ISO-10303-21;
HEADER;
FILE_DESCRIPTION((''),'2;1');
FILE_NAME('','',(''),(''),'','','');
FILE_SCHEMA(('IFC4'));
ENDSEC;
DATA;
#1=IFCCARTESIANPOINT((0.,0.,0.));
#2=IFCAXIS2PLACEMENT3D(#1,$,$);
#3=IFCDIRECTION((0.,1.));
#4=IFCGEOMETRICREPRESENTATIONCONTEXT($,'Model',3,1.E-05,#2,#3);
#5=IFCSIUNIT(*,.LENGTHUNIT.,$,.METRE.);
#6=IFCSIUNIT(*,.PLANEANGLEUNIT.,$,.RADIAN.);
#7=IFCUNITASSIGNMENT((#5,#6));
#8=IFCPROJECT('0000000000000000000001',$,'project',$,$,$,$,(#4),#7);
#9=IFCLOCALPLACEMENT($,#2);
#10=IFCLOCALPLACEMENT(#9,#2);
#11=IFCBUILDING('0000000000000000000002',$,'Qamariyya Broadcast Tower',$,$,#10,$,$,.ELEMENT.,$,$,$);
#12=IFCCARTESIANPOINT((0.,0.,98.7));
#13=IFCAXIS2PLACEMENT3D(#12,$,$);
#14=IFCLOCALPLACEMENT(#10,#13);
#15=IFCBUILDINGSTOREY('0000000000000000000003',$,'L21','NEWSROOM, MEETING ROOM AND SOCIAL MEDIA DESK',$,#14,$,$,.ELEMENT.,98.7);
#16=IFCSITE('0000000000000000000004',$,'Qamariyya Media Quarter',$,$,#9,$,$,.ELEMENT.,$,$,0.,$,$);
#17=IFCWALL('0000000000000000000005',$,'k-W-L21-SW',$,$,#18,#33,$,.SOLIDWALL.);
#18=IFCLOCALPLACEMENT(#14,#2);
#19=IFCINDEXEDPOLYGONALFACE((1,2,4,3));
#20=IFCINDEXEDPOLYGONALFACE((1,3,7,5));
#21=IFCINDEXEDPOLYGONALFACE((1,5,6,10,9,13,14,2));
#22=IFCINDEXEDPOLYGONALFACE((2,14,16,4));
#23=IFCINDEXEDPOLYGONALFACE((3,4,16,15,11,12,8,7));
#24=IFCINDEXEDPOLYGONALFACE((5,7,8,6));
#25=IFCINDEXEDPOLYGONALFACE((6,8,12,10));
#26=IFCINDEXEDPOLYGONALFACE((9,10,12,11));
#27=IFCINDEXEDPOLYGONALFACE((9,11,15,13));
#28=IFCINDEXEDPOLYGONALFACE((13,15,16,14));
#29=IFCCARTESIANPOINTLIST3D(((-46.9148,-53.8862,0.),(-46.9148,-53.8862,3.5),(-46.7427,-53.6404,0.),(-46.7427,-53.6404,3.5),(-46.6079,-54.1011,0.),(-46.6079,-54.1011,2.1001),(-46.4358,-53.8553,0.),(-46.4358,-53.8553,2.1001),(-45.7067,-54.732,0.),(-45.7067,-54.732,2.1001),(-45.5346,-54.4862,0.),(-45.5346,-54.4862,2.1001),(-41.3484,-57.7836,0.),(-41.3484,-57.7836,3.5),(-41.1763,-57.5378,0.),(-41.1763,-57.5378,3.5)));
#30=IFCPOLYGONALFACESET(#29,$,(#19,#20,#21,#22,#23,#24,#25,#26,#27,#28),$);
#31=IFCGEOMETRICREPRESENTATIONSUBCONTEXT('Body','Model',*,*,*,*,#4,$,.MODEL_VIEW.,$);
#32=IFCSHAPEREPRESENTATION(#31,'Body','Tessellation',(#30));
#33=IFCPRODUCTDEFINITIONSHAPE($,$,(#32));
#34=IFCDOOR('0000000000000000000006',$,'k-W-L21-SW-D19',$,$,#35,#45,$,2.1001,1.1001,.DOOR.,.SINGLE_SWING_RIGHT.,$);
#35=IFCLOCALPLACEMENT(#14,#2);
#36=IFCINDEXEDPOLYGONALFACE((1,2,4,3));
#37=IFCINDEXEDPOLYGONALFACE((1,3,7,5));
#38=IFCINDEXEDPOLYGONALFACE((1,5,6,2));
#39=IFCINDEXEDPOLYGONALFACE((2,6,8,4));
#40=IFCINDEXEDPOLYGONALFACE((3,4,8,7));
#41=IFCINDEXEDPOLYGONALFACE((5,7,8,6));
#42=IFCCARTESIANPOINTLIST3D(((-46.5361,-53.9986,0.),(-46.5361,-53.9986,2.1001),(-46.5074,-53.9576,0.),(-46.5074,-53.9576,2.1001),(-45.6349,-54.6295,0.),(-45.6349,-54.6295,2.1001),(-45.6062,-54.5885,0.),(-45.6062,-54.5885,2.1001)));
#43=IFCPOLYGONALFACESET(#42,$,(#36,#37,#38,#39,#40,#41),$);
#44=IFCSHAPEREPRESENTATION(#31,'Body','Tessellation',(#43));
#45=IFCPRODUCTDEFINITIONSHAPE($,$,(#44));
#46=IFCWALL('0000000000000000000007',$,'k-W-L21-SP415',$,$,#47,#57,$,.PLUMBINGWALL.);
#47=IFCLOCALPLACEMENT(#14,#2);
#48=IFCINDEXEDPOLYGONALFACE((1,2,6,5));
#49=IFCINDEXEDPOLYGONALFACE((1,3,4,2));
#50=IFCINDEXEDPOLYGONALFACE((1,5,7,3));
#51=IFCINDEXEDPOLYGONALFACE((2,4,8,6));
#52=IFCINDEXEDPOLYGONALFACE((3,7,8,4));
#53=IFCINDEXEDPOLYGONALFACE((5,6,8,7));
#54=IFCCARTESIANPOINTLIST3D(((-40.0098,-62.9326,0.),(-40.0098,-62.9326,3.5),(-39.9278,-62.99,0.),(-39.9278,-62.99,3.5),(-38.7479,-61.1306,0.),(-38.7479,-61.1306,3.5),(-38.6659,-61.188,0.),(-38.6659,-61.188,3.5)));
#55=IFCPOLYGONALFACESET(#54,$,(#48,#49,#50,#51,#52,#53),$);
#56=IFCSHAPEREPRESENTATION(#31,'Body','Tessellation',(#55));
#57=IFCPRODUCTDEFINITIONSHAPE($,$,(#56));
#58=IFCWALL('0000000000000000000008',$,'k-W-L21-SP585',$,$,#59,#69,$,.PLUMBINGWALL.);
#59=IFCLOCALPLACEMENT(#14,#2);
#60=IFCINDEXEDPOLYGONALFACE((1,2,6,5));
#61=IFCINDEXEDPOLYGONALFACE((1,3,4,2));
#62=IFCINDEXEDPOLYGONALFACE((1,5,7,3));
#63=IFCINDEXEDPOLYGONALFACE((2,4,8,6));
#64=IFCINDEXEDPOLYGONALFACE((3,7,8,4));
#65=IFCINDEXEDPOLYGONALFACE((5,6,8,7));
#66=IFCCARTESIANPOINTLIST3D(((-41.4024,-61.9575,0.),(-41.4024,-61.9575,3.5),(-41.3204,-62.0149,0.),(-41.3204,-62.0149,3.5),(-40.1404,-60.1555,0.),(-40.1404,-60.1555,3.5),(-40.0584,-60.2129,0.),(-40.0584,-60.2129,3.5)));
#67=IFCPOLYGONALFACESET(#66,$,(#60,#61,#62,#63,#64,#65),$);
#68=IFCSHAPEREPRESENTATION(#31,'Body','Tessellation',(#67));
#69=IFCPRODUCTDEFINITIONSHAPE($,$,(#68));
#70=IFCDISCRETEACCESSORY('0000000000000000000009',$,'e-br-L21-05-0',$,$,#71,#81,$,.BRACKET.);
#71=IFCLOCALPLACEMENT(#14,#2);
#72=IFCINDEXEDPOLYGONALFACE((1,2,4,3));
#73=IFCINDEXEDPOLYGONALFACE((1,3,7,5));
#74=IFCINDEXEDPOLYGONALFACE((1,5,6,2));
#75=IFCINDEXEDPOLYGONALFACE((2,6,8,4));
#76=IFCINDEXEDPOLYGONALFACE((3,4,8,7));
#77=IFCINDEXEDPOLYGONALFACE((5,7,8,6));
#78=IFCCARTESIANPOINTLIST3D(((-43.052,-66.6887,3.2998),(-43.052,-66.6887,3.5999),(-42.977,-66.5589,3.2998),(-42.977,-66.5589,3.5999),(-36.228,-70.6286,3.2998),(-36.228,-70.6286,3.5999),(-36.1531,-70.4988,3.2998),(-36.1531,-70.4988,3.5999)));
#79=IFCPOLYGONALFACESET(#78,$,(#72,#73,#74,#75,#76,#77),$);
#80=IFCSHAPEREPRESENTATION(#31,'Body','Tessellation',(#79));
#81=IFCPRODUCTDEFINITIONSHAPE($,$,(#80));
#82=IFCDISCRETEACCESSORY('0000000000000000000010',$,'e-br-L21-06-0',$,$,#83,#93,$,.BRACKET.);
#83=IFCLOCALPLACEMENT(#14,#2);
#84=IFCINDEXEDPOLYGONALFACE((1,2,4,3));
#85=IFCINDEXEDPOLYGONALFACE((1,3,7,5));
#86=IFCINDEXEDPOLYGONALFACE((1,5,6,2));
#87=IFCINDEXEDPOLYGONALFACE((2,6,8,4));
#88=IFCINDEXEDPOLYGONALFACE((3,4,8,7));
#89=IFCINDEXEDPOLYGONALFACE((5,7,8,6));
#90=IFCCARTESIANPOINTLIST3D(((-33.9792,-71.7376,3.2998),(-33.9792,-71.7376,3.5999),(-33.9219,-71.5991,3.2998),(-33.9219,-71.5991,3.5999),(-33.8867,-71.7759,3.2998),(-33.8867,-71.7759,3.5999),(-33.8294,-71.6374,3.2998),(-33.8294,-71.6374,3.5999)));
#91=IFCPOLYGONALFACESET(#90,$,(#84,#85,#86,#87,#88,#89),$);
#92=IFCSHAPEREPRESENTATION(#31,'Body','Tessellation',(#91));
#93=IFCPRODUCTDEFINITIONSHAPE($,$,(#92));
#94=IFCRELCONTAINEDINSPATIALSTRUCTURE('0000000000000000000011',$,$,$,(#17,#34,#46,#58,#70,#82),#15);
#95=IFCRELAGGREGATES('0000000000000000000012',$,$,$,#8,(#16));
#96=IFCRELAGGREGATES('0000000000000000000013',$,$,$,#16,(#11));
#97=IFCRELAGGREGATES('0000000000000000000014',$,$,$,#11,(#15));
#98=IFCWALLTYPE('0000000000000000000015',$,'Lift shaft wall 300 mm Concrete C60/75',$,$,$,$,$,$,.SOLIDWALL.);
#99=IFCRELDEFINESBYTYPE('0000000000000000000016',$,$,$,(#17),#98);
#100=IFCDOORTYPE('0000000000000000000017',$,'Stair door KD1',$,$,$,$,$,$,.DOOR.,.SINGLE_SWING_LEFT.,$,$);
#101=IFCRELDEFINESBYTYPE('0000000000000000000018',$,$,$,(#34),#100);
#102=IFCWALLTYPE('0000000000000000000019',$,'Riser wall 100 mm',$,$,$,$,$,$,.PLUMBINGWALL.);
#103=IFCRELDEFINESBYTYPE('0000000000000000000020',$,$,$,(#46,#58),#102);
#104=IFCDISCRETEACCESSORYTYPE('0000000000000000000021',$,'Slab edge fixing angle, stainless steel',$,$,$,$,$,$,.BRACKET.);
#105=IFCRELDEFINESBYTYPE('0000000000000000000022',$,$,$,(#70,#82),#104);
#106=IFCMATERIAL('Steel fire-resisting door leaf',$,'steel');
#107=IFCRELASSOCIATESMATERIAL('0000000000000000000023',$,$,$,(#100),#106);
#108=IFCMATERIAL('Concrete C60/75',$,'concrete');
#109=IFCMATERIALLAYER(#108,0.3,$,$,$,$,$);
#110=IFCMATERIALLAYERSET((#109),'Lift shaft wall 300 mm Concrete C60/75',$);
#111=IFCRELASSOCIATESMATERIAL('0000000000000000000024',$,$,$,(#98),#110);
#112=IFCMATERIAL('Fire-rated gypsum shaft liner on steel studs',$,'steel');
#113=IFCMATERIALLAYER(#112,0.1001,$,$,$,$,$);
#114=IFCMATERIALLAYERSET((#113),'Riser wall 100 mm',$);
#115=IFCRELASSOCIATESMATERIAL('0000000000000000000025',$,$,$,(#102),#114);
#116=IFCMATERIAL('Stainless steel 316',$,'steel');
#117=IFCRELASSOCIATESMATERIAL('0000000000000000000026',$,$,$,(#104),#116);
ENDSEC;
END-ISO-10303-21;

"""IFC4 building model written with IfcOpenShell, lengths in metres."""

from ifc_helpers import new_model, si_unit, direction, frame, frame_2d, origin, origin_2d, place, context, subcontext, project, spatial, rectangle, extrude, material, layer, layer_set, type_object, element, fill, save


model = new_model("IFC4")

# Units and contexts
model_context = context("Model", 3, precision=1e-05, world=origin(), true_north=direction((0.0, 1.0)))
body_context = subcontext(model_context, "Body", "Model", "MODEL_VIEW")
ifc_project = project(units=[si_unit("LENGTHUNIT", "METRE"), si_unit("PLANEANGLEUNIT", "RADIAN")], contexts=[model_context])

# Site, building, storey
site_placement = place(None, origin())
site = spatial("IfcSite", under=ifc_project, at=site_placement, Name="Qamariyya Media Quarter", CompositionType="ELEMENT", RefElevation=0.0)
building_placement = place(site_placement, origin())
building = spatial("IfcBuilding", under=site, at=building_placement, Name="Qamariyya Broadcast Tower", CompositionType="ELEMENT")
storey_placement = place(building_placement, frame((0.0, 0.0, 98.7)))
storey = spatial("IfcBuildingStorey", under=building, at=storey_placement, Name="L21", Description="NEWSROOM, MEETING ROOM AND SOCIAL MEDIA DESK", CompositionType="ELEMENT", Elevation=98.7)

# Shared definitions
ifc_material_1 = material(Name="Steel fire-resisting door leaf", Category="steel")

# Shared definitions
door_type_1 = type_object("IfcDoorType", Name="Stair door KD1", OperationType="SINGLE_SWING_LEFT", PredefinedType="DOOR", material=ifc_material_1)

# Shared definitions
ifc_material_2 = material(Name="Concrete C60/75", Category="concrete")
ifc_layer_1 = layer(ifc_material_2, 0.3)
ifc_layer_set_1 = layer_set([ifc_layer_1], Name="Lift shaft wall 300 mm Concrete C60/75")
wall_type_1 = type_object("IfcWallType", Name="Lift shaft wall 300 mm Concrete C60/75", PredefinedType="SOLIDWALL", material=ifc_layer_set_1)

# Wall, opening, door
wall_1_placement = place(storey_placement, frame((-41.2625, -57.6606, 0.0), z_axis=(0.0, 0.0, 1.0), x_axis=(-0.819164, 0.573559, 0.0)))
wall_1 = element("IfcWall", 1, at=wall_1_placement, inside=storey, type_object=wall_type_1, Name="k-W-L21-SW", PredefinedType="SOLIDWALL", context=body_context, shape_type="SweptSolid", body=[
    extrude(rectangle(XDim=6.7952, YDim=0.3, at=frame_2d((3.3975, 0.0))), origin(), (0.0, 0.0, 1.0), 3.5),
])
opening_1_placement = place(wall_1_placement, frame((5.3203, 0.0, 0.0)))
opening_1 = element("IfcOpeningElement", 2, at=opening_1_placement, cuts=wall_1, PredefinedType="OPENING", context=body_context, shape_type="SweptSolid", body=[
    extrude(rectangle(XDim=1.1001, YDim=2.1001, at=frame_2d((0.55, 1.05))), frame((0.0, 0.1599, 0.0), z_axis=(0.0, -1.0, 0.0), x_axis=(1.0, 0.0, 0.0)), (0.0, 0.0, 1.0), 0.3201),
])
door_1_placement = place(opening_1_placement, origin())
door_1 = element("IfcDoor", 3, at=door_1_placement, inside=storey, type_object=door_type_1, Name="k-W-L21-SW-D19", OperationType="SINGLE_SWING_RIGHT", OverallHeight=2.1001, OverallWidth=1.1001, PredefinedType="DOOR", context=body_context, shape_type="SweptSolid", body=[
    extrude(rectangle(XDim=1.1001, YDim=2.1001, at=frame_2d((0.55, 1.05))), frame((0.0, 0.0249, 0.0), z_axis=(0.0, -1.0, 0.0), x_axis=(1.0, 0.0, 0.0)), (0.0, 0.0, 1.0), 0.05),
])
fill(opening_1, door_1)

# Walls
ifc_material_3 = material(Name="Fire-rated gypsum shaft liner on steel studs", Category="steel")
ifc_layer_2 = layer(ifc_material_3, 0.1001)
ifc_layer_set_2 = layer_set([ifc_layer_2], Name="Riser wall 100 mm")
wall_type_2 = type_object("IfcWallType", Name="Riser wall 100 mm", PredefinedType="PLUMBINGWALL", material=ifc_layer_set_2)
for number, where, z_axis, x_axis, name in (
    (4, (-38.7068, -61.1592, 0.0), (0.0, 0.0, 1.0), (-0.573634, -0.819112, 0.0), "k-W-L21-SP415"),
    (5, (-40.0994, -60.1841, 0.0), (0.0, 0.0, 1.0), (-0.573634, -0.819112, 0.0), "k-W-L21-SP585"),
):
    element("IfcWall", number, at=place(storey_placement, frame(where, z_axis=z_axis, x_axis=x_axis)), inside=storey, type_object=wall_type_2, Name=name, PredefinedType="PLUMBINGWALL", context=body_context, shape_type="SweptSolid", body=[
        extrude(rectangle(XDim=2.2, YDim=0.1001, at=frame_2d((1.1001, 0.0))), origin(), (0.0, 0.0, 1.0), 3.5),
    ])

# Discrete accessories
ifc_material_4 = material(Name="Stainless steel 316", Category="steel")
discrete_accessory_type = type_object("IfcDiscreteAccessoryType", Name="Slab edge fixing angle, stainless steel", PredefinedType="BRACKET", material=ifc_material_4)
discrete_accessory_1_placement = place(storey_placement, frame((-39.6025, -68.5938, 3.2998), z_axis=(0.0, 0.0, 1.0), x_axis=(0.866025, -0.5, 0.0)))
element("IfcDiscreteAccessory", 6, at=discrete_accessory_1_placement, inside=storey, type_object=discrete_accessory_type, Name="e-br-L21-05-0", PredefinedType="BRACKET", context=body_context, shape_type="SweptSolid", body=[
    extrude(rectangle(XDim=7.8796, YDim=0.1499, at=origin_2d()), origin(), (0.0, 0.0, 1.0), 0.3),
])
discrete_accessory_2_placement = place(storey_placement, frame((-33.9043, -71.6875, 3.2998), z_axis=(0.0, 0.0, 1.0), x_axis=(0.92388, -0.382683, 0.0)))
element("IfcDiscreteAccessory", 7, at=discrete_accessory_2_placement, inside=storey, type_object=discrete_accessory_type, Name="e-br-L21-06-0", PredefinedType="BRACKET", context=body_context, shape_type="SweptSolid", body=[
    extrude(rectangle(XDim=0.1001, YDim=0.1499, at=origin_2d()), origin(), (0.0, 0.0, 1.0), 0.3),
])

save(model, "model.ifc")
